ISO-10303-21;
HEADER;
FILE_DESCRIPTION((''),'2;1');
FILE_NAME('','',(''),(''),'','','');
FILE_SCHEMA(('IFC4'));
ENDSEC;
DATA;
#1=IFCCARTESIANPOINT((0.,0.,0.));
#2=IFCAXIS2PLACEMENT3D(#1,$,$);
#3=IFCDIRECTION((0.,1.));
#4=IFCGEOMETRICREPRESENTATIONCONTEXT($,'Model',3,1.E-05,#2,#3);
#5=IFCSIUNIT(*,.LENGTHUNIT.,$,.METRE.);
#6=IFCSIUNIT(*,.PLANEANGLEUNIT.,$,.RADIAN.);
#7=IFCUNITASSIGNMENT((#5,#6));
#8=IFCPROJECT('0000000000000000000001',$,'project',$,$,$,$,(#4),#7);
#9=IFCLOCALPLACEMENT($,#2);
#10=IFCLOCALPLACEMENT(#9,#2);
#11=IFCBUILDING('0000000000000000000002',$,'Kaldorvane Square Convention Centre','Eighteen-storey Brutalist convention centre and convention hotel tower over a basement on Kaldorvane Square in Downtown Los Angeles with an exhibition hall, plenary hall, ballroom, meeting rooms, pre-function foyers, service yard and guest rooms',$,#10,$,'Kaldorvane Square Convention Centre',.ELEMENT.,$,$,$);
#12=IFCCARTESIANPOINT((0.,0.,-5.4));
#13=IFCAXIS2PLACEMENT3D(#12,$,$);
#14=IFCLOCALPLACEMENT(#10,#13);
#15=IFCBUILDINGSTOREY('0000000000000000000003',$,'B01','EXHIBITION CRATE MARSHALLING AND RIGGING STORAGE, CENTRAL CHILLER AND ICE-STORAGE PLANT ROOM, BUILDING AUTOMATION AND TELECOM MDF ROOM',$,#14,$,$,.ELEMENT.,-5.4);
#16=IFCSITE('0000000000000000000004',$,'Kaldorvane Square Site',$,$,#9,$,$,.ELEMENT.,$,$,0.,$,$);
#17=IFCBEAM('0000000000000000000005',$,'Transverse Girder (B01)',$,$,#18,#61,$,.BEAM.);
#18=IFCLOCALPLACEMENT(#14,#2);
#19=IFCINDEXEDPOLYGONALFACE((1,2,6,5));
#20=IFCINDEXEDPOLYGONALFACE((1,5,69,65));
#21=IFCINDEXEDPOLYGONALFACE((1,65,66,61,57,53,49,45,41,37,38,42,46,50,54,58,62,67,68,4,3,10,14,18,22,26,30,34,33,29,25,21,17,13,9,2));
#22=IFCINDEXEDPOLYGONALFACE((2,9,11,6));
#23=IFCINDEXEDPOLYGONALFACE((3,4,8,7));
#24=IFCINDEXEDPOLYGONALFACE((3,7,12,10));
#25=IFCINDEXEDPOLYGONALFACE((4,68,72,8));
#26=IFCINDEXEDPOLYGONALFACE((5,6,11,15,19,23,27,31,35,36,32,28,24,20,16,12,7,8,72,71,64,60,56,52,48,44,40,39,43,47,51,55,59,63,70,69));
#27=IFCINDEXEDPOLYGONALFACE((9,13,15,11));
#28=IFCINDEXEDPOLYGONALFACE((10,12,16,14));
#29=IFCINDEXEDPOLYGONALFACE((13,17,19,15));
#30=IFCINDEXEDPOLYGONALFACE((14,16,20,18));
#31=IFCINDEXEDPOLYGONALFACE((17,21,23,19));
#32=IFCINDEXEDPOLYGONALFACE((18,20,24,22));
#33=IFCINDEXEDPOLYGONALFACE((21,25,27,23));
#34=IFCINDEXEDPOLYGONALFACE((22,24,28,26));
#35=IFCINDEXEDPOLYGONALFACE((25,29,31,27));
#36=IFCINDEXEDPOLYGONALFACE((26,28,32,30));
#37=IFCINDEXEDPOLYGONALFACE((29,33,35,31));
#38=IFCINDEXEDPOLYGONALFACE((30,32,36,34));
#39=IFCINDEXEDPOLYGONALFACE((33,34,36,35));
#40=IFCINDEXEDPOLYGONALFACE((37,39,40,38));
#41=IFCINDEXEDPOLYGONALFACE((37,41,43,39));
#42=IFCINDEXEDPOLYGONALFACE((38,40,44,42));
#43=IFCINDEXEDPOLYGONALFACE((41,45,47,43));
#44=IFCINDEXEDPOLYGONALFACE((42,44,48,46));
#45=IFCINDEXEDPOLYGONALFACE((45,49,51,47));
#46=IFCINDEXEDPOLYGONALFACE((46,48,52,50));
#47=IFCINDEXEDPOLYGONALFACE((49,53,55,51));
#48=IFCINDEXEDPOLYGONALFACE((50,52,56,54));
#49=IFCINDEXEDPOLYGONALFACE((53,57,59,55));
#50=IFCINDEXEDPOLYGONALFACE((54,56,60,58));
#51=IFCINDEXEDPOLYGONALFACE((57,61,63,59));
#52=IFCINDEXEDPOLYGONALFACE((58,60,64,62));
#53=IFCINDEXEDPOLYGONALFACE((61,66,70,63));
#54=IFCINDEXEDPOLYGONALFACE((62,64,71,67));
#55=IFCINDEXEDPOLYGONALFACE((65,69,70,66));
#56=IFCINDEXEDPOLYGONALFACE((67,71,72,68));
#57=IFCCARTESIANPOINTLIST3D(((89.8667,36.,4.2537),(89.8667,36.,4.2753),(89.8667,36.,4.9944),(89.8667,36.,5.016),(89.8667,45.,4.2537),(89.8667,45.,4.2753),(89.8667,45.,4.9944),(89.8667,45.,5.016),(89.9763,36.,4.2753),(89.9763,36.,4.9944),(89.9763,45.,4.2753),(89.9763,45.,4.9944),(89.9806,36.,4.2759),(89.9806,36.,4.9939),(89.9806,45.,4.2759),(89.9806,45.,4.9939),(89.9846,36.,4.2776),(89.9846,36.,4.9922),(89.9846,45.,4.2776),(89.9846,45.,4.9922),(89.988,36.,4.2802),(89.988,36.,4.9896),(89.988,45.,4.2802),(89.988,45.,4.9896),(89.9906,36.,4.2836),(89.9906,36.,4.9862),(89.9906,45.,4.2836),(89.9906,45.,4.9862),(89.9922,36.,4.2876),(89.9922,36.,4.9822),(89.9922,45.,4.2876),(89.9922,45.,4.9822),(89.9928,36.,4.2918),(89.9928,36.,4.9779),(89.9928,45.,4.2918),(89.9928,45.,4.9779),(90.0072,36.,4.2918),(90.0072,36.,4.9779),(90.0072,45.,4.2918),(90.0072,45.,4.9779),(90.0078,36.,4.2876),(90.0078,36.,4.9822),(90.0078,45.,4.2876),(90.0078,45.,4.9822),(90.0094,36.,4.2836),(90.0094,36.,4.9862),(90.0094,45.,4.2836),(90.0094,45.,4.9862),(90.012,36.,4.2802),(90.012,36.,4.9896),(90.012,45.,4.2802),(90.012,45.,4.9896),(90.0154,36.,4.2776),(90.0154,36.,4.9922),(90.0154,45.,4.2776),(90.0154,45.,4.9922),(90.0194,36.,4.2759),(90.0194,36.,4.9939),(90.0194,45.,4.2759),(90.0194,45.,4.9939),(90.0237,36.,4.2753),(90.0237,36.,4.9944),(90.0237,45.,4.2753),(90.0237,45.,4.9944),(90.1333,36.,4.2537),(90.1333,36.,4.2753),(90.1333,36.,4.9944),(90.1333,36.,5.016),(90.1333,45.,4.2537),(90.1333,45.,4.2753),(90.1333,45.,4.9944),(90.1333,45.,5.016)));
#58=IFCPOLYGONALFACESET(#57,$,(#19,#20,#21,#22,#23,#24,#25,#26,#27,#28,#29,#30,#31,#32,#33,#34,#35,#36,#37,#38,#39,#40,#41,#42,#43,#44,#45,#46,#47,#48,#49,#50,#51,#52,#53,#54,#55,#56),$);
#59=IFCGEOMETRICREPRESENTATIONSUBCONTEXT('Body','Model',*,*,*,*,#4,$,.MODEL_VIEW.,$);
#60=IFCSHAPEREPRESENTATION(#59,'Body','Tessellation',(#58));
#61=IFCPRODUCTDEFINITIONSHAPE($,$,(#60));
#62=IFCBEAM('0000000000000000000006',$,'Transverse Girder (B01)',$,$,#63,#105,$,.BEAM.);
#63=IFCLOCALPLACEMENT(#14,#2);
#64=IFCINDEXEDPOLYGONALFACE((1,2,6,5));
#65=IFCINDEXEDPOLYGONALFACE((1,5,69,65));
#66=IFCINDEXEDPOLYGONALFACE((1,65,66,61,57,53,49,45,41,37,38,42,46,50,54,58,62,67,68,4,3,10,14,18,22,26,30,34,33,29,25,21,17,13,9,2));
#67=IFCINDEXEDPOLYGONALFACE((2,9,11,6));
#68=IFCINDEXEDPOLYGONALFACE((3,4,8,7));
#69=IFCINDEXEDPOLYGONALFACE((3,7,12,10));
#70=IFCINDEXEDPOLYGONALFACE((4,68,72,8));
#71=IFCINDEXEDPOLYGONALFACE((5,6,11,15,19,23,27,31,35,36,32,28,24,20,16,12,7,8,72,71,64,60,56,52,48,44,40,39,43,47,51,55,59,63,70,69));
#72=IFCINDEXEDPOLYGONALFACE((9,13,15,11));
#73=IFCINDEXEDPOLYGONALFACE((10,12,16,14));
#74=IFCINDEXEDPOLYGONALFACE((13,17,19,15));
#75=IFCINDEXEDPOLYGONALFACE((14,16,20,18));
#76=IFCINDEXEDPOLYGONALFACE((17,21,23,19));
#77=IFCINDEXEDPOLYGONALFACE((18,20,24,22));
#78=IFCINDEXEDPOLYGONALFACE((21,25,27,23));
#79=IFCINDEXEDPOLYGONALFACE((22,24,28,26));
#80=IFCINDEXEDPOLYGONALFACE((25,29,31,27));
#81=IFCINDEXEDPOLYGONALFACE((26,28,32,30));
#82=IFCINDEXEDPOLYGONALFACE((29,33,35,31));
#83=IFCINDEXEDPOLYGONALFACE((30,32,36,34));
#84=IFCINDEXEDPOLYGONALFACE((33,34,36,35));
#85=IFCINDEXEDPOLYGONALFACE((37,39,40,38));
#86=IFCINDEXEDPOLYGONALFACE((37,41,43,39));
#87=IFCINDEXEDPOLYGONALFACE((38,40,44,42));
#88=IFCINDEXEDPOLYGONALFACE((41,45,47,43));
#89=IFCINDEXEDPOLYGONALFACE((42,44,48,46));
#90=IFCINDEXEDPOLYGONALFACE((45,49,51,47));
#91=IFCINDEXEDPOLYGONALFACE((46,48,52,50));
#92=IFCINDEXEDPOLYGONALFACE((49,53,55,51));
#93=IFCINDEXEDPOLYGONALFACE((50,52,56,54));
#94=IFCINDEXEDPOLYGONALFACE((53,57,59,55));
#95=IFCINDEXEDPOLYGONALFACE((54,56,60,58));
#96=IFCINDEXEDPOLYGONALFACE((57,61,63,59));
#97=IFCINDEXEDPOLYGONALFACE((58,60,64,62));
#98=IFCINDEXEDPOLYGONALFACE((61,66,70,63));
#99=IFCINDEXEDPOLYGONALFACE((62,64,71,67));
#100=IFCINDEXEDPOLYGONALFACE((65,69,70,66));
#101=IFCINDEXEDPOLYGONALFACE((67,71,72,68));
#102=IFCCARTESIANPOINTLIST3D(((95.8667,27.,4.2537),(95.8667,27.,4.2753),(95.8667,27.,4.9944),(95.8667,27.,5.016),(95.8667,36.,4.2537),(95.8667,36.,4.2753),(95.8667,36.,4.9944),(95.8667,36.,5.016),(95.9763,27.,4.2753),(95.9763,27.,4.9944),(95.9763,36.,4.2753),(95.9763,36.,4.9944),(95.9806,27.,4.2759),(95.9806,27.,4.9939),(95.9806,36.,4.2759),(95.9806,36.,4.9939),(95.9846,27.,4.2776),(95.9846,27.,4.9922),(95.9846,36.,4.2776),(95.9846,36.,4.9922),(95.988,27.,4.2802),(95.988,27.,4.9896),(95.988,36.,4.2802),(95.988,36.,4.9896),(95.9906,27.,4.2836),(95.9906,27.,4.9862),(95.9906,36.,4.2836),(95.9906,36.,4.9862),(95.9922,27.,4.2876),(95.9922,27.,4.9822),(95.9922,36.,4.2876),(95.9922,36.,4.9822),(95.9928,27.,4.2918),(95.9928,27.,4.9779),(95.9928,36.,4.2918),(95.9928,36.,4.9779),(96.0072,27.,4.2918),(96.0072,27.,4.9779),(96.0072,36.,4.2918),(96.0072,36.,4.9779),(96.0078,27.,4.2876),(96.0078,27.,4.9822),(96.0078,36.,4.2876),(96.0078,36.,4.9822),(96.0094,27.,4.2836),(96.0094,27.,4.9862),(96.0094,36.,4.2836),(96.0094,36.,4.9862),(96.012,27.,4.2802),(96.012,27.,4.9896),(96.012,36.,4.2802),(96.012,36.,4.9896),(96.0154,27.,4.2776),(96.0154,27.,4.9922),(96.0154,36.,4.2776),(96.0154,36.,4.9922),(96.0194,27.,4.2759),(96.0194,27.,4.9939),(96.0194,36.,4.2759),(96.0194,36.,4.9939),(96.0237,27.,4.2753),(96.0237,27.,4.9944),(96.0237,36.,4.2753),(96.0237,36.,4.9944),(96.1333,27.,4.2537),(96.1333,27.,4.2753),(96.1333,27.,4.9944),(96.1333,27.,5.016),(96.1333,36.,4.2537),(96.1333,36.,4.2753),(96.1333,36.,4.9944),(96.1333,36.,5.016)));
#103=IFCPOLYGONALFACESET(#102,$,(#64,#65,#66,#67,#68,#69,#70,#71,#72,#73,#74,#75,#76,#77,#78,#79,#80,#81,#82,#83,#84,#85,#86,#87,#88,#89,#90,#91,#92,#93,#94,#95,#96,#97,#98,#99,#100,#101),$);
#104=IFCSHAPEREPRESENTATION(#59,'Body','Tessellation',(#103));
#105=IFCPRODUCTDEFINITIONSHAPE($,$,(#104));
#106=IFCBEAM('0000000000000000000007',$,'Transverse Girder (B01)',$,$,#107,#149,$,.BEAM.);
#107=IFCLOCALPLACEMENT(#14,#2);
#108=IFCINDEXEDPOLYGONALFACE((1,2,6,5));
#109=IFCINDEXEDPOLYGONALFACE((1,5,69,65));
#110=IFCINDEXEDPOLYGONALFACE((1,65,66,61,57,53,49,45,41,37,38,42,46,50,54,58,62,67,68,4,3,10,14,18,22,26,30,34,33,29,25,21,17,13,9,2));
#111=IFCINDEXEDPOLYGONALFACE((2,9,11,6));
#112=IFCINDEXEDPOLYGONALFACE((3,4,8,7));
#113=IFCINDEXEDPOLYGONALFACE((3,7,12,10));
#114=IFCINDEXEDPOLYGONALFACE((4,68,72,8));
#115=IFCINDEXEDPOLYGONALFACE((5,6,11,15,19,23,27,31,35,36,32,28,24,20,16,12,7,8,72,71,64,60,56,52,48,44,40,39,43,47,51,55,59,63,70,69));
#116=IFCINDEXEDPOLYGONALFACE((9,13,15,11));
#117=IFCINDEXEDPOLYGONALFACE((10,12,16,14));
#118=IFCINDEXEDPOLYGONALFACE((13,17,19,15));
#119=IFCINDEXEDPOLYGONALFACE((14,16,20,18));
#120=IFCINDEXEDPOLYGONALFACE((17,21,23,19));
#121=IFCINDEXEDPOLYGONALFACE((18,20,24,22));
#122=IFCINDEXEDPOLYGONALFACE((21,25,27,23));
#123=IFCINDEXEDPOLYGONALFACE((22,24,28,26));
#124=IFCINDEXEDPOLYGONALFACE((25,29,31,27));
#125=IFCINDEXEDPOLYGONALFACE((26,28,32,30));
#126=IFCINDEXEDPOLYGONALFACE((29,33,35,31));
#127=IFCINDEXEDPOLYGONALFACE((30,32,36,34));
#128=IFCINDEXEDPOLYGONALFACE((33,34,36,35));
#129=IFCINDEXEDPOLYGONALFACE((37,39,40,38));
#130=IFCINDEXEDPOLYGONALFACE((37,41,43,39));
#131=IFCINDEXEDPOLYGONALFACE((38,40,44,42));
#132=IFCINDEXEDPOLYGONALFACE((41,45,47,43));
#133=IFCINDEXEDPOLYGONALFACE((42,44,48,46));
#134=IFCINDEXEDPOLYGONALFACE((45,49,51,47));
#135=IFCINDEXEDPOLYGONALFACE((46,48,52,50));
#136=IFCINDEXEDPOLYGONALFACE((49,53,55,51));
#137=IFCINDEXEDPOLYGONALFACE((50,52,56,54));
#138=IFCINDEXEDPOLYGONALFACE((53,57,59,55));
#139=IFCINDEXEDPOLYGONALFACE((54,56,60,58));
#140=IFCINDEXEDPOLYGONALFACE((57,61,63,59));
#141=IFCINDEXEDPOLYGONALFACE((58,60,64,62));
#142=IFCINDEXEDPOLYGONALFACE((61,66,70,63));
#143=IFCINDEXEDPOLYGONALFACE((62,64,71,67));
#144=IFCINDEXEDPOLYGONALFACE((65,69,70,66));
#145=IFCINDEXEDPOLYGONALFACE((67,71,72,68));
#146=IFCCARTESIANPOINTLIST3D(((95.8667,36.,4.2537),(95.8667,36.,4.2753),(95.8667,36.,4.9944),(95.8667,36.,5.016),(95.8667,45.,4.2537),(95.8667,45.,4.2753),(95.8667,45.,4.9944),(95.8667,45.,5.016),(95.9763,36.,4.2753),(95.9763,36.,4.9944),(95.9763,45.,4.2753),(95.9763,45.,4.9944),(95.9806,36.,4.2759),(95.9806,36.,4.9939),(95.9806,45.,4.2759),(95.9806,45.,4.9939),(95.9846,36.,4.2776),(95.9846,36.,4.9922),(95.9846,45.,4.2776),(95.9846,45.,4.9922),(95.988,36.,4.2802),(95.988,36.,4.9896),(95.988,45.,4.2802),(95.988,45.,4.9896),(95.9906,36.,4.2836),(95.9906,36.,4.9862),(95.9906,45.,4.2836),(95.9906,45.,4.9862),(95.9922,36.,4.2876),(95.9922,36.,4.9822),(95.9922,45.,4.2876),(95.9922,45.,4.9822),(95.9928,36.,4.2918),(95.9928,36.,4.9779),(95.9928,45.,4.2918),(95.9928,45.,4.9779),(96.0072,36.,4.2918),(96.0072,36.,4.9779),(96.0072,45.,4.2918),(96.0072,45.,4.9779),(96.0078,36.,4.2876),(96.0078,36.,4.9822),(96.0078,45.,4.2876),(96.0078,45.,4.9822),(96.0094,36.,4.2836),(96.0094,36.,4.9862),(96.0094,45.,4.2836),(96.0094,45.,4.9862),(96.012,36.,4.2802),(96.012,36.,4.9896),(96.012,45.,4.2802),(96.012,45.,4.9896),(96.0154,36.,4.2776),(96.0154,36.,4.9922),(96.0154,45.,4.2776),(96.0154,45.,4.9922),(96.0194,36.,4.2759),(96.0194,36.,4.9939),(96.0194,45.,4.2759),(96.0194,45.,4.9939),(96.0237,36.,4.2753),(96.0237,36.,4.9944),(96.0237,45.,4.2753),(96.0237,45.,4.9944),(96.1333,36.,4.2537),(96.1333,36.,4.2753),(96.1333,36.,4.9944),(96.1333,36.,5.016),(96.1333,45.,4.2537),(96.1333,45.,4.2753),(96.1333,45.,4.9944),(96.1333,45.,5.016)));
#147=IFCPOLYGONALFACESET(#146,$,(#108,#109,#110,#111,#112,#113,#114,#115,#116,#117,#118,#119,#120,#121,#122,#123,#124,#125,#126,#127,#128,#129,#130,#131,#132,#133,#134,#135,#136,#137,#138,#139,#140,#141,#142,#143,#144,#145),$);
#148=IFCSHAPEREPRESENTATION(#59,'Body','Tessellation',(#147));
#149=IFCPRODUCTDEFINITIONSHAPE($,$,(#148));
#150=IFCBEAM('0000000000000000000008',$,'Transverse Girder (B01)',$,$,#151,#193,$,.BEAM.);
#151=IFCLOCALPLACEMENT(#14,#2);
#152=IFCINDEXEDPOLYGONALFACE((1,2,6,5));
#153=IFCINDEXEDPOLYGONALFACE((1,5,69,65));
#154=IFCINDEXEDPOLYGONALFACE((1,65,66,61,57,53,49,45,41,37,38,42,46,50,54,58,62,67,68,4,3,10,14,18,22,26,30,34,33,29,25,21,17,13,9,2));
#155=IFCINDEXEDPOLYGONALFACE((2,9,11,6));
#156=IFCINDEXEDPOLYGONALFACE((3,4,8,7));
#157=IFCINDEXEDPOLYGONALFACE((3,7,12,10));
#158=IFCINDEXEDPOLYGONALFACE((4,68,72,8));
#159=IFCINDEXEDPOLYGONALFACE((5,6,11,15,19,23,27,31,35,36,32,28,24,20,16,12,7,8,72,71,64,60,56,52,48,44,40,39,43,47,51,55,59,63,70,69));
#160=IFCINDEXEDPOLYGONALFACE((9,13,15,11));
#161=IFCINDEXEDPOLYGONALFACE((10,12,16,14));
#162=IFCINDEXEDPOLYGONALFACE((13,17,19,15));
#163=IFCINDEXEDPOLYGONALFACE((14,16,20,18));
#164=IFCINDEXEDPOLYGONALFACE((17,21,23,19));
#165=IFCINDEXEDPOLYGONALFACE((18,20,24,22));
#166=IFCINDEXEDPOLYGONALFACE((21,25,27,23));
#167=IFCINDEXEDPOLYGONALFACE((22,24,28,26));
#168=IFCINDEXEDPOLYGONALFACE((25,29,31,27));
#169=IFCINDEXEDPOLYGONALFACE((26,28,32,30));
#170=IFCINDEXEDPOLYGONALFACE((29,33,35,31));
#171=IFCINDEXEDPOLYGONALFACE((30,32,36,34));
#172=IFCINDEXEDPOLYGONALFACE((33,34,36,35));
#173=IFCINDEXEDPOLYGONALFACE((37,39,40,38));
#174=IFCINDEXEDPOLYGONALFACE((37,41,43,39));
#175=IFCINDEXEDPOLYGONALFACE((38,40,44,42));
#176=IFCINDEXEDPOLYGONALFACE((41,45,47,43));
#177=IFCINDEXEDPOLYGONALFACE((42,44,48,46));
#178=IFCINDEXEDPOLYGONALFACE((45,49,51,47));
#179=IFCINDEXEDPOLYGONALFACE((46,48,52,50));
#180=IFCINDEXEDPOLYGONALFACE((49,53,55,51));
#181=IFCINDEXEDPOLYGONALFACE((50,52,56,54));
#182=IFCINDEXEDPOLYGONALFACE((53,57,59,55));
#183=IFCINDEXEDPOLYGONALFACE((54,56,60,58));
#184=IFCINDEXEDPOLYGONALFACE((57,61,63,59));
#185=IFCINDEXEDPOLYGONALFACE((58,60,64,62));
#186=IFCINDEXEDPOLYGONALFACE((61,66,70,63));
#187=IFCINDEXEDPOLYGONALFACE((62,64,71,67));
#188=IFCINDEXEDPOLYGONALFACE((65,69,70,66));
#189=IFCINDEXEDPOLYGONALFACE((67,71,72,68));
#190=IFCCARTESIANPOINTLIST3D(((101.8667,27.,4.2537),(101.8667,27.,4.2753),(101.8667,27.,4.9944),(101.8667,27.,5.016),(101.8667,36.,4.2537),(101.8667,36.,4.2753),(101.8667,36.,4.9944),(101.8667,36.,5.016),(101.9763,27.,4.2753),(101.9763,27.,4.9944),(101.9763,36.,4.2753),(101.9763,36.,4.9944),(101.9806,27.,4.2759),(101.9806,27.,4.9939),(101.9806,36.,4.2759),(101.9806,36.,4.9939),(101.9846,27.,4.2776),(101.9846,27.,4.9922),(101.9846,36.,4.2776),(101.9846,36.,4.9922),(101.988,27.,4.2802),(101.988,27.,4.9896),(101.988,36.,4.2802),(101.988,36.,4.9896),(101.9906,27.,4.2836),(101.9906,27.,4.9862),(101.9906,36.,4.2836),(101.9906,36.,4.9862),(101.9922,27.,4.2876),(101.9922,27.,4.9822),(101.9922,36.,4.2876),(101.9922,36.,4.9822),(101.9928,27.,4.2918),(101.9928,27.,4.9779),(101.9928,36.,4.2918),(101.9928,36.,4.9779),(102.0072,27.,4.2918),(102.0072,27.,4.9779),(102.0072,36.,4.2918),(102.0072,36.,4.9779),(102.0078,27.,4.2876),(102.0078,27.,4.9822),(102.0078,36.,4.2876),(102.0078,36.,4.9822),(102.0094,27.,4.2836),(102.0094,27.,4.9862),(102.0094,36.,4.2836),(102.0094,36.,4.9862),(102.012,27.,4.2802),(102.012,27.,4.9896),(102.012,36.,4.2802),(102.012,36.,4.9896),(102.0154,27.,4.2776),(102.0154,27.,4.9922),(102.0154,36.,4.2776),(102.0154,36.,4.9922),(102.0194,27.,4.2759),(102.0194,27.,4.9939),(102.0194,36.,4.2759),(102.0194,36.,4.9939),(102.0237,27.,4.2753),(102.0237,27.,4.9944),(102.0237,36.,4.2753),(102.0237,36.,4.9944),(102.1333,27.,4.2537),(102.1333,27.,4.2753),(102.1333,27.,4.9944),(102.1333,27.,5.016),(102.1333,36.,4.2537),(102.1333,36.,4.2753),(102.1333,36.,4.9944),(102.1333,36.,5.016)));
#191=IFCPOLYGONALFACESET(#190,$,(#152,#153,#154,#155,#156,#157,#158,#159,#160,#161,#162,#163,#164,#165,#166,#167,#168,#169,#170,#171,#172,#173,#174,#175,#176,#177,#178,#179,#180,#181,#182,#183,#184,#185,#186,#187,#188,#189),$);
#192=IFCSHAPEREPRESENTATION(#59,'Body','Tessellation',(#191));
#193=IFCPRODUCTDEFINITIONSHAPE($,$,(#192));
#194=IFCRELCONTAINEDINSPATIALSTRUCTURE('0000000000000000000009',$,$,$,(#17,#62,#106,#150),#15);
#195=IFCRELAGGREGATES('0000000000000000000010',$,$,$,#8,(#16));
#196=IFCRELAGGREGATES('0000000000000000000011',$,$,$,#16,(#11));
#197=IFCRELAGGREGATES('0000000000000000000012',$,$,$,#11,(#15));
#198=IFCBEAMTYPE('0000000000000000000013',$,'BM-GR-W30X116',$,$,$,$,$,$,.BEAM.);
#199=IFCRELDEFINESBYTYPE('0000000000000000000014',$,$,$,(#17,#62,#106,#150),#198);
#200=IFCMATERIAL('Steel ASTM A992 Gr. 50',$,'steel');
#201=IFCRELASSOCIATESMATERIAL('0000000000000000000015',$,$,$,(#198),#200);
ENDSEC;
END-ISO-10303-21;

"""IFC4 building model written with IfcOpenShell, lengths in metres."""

from ifc_helpers import new_model, si_unit, direction, frame, origin, origin_2d, place, context, subcontext, project, spatial, i_section, extrude, material, material_profile, profile_set, type_object, element, save


model = new_model("IFC4")

# Units and contexts
model_context = context("Model", 3, precision=1e-05, world=origin(), true_north=direction((0.0, 1.0)))
body_context = subcontext(model_context, "Body", "Model", "MODEL_VIEW")
ifc_project = project(units=[si_unit("LENGTHUNIT", "METRE"), si_unit("PLANEANGLEUNIT", "RADIAN")], contexts=[model_context])

# Site, building, storey
site_placement = place(None, origin())
site = spatial("IfcSite", under=ifc_project, at=site_placement, Name="Kaldorvane Square Site", CompositionType="ELEMENT", RefElevation=0.0)
building_placement = place(site_placement, origin())
building = spatial("IfcBuilding", under=site, at=building_placement, Name="Kaldorvane Square Convention Centre", Description="Eighteen-storey Brutalist convention centre and convention hotel tower over a basement on Kaldorvane Square in Downtown Los Angeles with an exhibition hall, plenary hall, ballroom, meeting rooms, pre-function foyers, service yard and guest rooms", LongName="Kaldorvane Square Convention Centre", CompositionType="ELEMENT")
storey_placement = place(building_placement, frame((0.0, 0.0, -5.4)))
storey = spatial("IfcBuildingStorey", under=building, at=storey_placement, Name="B01", Description="EXHIBITION CRATE MARSHALLING AND RIGGING STORAGE, CENTRAL CHILLER AND ICE-STORAGE PLANT ROOM, BUILDING AUTOMATION AND TELECOM MDF ROOM", CompositionType="ELEMENT", Elevation=-5.4)

# Shared definitions
ifc_material_1 = material(Name="Steel ASTM A992 Gr. 50", Category="steel")

# Beams
ifc_material_profile_1 = material_profile(ifc_material_1, i_section(OverallWidth=0.2666, OverallDepth=0.7623, WebThickness=0.0144, FlangeThickness=0.0216, FilletRadius=0.0165, at=origin_2d()), Name="W30X116")
ifc_profile_set_1 = profile_set([ifc_material_profile_1], Name="Steel ASTM A992 Gr. 50")
beam_type_1 = type_object("IfcBeamType", Name="BM-GR-W30X116", PredefinedType="BEAM", material=ifc_profile_set_1)
for number, where, z_axis, x_axis, name in (
    (1, (90.0, 36.0, 4.6349), (0.0, 1.0, 0.0), (-1.0, 0.0, 0.0), "Transverse Girder (B01)"),
    (2, (96.0, 27.0, 4.6349), (0.0, 1.0, 0.0), (-1.0, 0.0, 0.0), "Transverse Girder (B01)"),
    (3, (96.0, 36.0, 4.6349), (0.0, 1.0, 0.0), (-1.0, 0.0, 0.0), "Transverse Girder (B01)"),
    (4, (102.0, 27.0, 4.6349), (0.0, 1.0, 0.0), (-1.0, 0.0, 0.0), "Transverse Girder (B01)"),
):
    element("IfcBeam", number, at=place(storey_placement, frame(where, z_axis=z_axis, x_axis=x_axis)), inside=storey, type_object=beam_type_1, Name=name, PredefinedType="BEAM", context=body_context, shape_type="SweptSolid", body=[
        extrude(i_section(OverallWidth=0.2666, OverallDepth=0.7623, WebThickness=0.0144, FlangeThickness=0.0216, FilletRadius=0.0165, at=origin_2d()), origin(), (0.0, 0.0, 1.0), 9.0),
    ])

save(model, "model.ifc")
